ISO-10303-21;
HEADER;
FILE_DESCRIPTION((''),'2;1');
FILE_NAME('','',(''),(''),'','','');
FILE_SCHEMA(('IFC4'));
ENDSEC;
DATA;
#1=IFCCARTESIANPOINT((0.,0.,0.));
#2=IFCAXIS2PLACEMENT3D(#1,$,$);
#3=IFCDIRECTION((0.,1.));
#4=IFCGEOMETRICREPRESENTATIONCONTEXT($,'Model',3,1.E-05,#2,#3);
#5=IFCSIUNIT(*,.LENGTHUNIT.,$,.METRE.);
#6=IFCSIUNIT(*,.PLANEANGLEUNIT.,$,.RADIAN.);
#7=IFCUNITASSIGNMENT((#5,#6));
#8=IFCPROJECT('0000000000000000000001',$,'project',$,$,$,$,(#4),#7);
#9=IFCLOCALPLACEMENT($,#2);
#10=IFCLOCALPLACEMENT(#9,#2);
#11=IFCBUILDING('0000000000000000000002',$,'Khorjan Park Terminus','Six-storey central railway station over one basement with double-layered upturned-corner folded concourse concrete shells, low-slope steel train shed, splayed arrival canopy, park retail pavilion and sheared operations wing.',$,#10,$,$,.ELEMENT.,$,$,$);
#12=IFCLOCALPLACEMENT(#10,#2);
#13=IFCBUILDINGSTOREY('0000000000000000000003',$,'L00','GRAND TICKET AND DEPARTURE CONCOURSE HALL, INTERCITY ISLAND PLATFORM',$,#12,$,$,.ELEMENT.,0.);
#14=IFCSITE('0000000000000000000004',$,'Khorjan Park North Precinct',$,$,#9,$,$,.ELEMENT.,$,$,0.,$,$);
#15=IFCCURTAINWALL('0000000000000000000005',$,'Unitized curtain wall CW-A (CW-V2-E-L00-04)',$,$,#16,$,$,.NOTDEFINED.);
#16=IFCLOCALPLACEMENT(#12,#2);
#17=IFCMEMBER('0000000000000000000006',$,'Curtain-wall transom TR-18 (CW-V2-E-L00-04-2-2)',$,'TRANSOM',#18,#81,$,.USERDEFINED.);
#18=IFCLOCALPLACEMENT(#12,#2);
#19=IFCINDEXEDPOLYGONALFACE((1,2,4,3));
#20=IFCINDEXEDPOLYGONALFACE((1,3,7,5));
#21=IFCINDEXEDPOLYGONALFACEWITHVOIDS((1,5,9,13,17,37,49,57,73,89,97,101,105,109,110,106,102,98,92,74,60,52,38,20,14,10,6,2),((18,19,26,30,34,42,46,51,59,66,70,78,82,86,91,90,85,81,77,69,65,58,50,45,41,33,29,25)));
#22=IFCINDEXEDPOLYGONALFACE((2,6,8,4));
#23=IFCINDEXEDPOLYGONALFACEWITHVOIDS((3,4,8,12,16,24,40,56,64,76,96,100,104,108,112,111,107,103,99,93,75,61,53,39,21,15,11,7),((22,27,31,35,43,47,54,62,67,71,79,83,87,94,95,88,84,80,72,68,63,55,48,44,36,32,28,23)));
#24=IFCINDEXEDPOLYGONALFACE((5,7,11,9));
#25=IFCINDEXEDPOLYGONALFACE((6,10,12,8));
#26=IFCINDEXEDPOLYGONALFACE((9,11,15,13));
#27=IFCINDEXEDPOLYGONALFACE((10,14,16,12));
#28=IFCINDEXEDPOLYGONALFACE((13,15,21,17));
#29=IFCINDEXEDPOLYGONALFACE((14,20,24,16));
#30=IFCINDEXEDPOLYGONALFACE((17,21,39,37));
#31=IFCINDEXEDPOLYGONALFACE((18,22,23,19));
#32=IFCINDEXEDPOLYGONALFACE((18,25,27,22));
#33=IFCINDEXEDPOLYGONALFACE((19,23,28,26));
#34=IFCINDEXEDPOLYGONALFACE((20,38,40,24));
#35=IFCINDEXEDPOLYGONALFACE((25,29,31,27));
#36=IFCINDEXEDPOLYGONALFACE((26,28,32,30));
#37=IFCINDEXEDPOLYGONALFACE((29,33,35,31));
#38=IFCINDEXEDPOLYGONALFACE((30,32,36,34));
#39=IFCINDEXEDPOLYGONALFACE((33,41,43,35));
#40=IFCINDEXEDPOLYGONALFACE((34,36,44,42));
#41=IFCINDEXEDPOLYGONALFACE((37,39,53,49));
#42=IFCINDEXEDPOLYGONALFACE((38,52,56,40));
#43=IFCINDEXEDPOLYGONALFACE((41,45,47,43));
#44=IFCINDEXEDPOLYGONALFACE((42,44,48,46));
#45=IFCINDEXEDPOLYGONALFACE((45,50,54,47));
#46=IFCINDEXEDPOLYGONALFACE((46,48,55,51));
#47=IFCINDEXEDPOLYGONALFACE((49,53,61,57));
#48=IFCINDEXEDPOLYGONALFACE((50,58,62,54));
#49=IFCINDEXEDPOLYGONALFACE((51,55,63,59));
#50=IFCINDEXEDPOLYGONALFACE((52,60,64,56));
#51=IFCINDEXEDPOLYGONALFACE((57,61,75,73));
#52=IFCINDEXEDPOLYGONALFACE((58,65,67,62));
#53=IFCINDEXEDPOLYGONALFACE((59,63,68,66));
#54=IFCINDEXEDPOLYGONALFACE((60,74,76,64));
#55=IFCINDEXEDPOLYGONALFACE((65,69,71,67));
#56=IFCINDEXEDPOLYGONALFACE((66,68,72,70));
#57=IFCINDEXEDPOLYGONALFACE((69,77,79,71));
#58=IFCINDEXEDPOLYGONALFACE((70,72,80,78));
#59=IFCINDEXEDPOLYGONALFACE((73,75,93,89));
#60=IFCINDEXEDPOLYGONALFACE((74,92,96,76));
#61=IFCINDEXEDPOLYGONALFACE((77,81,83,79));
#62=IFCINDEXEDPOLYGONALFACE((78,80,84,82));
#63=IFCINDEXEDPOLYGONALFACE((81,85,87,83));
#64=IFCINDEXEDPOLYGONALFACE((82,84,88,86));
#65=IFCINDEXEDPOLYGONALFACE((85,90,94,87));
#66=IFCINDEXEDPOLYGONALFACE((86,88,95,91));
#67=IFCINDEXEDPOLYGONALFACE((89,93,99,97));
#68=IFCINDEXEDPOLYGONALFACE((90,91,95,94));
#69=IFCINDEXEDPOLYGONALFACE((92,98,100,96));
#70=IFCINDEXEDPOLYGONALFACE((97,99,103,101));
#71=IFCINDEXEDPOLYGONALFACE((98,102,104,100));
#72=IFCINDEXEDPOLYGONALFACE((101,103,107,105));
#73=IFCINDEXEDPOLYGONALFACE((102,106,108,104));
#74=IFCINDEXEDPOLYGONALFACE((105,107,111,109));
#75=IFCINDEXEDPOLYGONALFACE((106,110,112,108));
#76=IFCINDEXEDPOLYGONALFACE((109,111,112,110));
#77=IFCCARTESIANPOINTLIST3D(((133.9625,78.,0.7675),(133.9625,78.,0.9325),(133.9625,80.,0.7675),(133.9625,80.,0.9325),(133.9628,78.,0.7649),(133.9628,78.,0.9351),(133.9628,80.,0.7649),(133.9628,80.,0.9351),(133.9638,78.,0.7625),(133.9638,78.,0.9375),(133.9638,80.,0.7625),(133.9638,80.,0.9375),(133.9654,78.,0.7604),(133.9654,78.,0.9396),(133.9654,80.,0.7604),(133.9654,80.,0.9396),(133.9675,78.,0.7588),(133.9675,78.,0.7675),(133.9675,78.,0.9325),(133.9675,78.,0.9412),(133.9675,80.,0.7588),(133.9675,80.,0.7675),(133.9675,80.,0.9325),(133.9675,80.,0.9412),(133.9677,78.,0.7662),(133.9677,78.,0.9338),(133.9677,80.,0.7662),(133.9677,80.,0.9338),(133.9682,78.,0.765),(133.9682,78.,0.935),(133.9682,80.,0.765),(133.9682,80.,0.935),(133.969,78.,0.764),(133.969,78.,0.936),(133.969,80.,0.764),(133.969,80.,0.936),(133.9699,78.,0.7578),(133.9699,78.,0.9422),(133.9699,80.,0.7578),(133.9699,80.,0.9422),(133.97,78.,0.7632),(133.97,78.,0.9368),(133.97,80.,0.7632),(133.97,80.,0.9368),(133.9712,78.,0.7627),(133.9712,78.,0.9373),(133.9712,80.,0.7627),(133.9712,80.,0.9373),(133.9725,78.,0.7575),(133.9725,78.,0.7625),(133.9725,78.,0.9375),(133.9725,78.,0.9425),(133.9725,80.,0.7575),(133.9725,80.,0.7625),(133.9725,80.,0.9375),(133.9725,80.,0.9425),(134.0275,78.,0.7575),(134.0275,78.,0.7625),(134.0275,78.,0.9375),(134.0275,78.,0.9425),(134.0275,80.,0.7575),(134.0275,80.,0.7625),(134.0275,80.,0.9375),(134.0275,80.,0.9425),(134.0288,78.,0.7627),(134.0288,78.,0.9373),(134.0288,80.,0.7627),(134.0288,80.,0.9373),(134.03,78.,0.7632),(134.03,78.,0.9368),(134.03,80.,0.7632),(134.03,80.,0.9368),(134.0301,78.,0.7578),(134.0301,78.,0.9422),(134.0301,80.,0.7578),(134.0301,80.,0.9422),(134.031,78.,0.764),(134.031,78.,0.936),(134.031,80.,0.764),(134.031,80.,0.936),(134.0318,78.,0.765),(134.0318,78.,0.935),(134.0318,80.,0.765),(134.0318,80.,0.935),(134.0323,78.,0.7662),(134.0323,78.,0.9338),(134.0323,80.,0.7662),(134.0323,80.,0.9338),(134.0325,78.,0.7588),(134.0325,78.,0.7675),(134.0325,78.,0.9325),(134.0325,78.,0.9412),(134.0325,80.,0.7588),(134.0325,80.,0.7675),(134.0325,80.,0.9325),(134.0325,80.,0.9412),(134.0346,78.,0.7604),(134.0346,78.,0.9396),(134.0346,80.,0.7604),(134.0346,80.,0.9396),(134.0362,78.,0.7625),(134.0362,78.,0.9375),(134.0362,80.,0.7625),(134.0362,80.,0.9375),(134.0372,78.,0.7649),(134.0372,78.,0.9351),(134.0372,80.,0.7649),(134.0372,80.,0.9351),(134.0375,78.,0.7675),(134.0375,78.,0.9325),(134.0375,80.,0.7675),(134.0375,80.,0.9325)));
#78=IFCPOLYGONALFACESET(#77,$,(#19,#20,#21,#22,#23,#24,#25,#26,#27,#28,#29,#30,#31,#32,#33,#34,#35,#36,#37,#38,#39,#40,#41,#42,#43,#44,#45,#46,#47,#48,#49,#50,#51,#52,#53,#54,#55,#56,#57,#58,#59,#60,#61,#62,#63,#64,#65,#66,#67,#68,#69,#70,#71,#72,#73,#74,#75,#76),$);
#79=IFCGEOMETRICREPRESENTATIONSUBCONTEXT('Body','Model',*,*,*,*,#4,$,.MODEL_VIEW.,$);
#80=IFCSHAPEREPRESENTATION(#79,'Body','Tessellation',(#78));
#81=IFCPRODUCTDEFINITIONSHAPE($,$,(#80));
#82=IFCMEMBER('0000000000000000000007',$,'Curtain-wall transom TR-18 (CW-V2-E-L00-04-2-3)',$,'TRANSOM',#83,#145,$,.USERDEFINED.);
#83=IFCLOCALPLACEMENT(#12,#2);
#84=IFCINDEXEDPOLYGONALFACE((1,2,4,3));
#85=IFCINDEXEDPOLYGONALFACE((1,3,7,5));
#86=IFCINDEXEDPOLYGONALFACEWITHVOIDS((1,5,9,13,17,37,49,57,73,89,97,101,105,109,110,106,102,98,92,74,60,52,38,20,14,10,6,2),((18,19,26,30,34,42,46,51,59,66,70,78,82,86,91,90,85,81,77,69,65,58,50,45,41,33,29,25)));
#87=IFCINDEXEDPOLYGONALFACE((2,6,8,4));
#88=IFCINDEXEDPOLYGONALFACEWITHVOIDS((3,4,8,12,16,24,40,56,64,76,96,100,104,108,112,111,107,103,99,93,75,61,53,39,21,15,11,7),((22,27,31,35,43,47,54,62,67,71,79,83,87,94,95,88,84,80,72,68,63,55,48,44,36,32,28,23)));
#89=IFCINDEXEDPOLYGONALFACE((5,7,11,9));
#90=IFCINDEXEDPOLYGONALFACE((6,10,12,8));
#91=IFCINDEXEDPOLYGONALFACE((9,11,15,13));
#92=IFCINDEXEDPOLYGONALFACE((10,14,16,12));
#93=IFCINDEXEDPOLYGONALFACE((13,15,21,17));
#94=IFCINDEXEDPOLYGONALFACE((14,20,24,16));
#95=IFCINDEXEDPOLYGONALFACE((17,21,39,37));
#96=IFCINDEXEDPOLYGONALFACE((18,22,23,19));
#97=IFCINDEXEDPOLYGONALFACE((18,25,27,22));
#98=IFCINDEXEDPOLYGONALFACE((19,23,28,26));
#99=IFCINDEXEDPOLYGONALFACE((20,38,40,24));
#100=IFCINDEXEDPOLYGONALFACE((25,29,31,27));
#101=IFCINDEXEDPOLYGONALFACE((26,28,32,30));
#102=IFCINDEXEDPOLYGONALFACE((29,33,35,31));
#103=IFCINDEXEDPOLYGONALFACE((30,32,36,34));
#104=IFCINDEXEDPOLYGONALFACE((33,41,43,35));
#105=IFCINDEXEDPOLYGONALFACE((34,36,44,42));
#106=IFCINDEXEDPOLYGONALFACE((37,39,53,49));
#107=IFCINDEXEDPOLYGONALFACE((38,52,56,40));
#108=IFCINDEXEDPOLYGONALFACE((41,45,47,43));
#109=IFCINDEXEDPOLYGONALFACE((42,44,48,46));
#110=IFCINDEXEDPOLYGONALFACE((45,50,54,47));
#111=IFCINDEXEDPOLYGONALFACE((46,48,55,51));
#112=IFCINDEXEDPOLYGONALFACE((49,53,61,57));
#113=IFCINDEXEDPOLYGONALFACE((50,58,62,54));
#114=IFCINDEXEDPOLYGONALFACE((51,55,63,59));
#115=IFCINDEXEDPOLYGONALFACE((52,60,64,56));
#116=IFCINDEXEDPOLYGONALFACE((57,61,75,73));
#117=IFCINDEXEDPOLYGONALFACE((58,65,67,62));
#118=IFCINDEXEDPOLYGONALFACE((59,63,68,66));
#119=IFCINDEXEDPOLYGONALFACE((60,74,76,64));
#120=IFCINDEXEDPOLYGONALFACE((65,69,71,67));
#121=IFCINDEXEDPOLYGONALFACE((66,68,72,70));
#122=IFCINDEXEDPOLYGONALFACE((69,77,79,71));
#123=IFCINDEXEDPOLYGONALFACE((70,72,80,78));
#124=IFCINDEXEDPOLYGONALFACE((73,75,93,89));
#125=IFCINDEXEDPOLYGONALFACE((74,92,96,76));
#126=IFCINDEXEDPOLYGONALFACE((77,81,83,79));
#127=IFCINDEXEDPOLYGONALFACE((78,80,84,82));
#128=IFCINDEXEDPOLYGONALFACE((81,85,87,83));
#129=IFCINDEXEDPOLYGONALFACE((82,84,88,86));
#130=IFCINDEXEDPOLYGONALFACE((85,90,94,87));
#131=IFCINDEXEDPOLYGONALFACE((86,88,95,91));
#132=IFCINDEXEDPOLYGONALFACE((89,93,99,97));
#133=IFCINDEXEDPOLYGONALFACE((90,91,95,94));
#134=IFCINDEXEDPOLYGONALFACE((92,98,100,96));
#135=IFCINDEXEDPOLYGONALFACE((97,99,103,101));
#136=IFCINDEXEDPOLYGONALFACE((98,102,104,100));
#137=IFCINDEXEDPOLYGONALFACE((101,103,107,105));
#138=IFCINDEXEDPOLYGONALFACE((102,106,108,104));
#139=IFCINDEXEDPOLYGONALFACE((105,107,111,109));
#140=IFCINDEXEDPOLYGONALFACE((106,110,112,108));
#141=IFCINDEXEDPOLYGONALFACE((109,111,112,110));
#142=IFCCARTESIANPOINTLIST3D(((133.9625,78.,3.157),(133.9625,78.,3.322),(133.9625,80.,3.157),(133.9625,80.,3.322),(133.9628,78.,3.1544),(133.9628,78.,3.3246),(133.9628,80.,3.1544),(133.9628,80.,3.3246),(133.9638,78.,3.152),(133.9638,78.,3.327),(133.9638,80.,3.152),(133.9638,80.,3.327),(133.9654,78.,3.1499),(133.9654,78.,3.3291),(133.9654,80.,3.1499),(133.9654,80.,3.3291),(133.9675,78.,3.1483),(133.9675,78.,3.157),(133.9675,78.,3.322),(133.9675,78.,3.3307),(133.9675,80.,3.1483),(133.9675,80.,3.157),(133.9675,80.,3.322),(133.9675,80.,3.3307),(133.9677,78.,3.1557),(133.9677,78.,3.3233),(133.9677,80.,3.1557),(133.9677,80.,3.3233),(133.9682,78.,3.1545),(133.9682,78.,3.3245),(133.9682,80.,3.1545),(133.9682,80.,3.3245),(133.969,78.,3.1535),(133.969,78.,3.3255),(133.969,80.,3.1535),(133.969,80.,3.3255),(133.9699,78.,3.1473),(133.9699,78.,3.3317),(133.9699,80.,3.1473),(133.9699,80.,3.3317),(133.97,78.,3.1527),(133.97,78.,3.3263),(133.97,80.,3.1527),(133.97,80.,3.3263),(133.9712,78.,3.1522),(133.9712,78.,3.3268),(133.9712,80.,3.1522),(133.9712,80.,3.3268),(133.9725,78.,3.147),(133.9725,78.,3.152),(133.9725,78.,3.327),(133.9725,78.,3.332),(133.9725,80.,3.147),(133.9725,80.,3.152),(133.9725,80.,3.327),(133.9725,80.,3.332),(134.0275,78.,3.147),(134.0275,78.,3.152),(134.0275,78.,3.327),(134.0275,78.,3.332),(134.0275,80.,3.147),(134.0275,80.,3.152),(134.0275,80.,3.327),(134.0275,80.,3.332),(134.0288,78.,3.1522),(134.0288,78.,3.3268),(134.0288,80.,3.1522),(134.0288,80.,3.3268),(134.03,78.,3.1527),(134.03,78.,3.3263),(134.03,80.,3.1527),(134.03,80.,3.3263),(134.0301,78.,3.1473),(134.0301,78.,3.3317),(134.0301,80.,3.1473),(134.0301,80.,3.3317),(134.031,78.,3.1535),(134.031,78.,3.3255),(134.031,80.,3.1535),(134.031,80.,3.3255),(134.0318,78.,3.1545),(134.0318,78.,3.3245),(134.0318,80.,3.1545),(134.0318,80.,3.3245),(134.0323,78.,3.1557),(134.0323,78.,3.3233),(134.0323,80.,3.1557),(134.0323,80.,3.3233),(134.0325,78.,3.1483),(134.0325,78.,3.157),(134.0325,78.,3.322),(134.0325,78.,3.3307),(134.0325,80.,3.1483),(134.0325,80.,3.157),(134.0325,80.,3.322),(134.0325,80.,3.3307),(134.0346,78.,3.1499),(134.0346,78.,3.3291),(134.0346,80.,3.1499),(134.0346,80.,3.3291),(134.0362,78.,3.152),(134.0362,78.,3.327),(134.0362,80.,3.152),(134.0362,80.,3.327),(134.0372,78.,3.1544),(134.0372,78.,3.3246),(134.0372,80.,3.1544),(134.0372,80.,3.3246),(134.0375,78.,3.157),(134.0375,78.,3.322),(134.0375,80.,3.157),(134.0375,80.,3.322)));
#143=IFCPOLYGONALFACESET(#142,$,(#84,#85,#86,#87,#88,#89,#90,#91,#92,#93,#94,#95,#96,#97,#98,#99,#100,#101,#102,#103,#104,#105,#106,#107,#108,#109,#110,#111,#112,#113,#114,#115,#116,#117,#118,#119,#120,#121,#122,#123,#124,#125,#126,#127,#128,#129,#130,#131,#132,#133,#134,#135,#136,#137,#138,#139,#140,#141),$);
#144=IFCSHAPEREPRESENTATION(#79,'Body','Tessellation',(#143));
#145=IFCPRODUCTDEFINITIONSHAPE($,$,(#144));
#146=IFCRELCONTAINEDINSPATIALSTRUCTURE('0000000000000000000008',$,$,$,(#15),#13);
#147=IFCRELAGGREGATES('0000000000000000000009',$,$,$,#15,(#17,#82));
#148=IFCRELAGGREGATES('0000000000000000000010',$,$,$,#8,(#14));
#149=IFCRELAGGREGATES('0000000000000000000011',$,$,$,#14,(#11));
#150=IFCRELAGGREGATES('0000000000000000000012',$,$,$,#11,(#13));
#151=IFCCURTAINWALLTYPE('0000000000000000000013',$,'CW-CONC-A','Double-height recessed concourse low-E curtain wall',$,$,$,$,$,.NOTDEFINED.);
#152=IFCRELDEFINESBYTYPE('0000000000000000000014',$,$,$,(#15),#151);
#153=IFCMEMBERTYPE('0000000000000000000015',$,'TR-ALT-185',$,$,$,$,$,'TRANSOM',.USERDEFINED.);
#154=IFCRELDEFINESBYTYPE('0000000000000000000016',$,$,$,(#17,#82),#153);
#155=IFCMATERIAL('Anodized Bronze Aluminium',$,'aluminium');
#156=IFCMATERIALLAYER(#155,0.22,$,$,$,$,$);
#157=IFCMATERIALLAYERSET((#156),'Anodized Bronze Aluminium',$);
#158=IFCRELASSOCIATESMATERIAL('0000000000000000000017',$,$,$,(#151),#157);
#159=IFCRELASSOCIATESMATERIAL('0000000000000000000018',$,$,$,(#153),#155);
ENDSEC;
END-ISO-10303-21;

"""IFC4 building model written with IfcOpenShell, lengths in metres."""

from ifc_helpers import new_model, si_unit, direction, frame, origin, origin_2d, place, context, subcontext, project, spatial, hollow_rectangle, extrude, material, layer, layer_set, material_profile, profile_set, type_object, element, aggregate, save


model = new_model("IFC4")

# Units and contexts
model_context = context("Model", 3, precision=1e-05, world=origin(), true_north=direction((0.0, 1.0)))
body_context = subcontext(model_context, "Body", "Model", "MODEL_VIEW")
ifc_project = project(units=[si_unit("LENGTHUNIT", "METRE"), si_unit("PLANEANGLEUNIT", "RADIAN")], contexts=[model_context])

# Site, building, storey
site_placement = place(None, origin())
site = spatial("IfcSite", under=ifc_project, at=site_placement, Name="Khorjan Park North Precinct", CompositionType="ELEMENT", RefElevation=0.0)
building_placement = place(site_placement, origin())
building = spatial("IfcBuilding", under=site, at=building_placement, Name="Khorjan Park Terminus", Description="Six-storey central railway station over one basement with double-layered upturned-corner folded concourse concrete shells, low-slope steel train shed, splayed arrival canopy, park retail pavilion and sheared operations wing.", CompositionType="ELEMENT")
storey_placement = place(building_placement, origin())
storey = spatial("IfcBuildingStorey", under=building, at=storey_placement, Name="L00", Description="GRAND TICKET AND DEPARTURE CONCOURSE HALL, INTERCITY ISLAND PLATFORM", CompositionType="ELEMENT", Elevation=0.0)

# Curtain wall, members
ifc_material_1 = material(Name="Anodized Bronze Aluminium", Category="aluminium")
ifc_layer_1 = layer(ifc_material_1, 0.22)
ifc_layer_set_1 = layer_set([ifc_layer_1], Name="Anodized Bronze Aluminium")
curtain_wall_type = type_object("IfcCurtainWallType", Name="CW-CONC-A", Description="Double-height recessed concourse low-E curtain wall", PredefinedType="NOTDEFINED", material=ifc_layer_set_1)
curtain_wall_placement = place(storey_placement, origin())
curtain_wall = element("IfcCurtainWall", 1, at=curtain_wall_placement, inside=storey, type_object=curtain_wall_type, Name="Unitized curtain wall CW-A (CW-V2-E-L00-04)", PredefinedType="NOTDEFINED")
ifc_material_profile_1 = material_profile(ifc_material_1, hollow_rectangle(XDim=0.075, YDim=0.185, WallThickness=0.005, InnerFilletRadius=0.005, OuterFilletRadius=0.01, at=origin_2d()), Name="ALT 75x185x5")
ifc_profile_set_1 = profile_set([ifc_material_profile_1], Name="Anodized Bronze Aluminium")
member_type_1 = type_object("IfcMemberType", Name="TR-ALT-185", ElementType="TRANSOM", PredefinedType="USERDEFINED", material=ifc_profile_set_1)
member_1_placement = place(storey_placement, frame((134.0, 78.0, 0.85), z_axis=(0.0, 1.0, 0.0), x_axis=(-1.0, 0.0, 0.0)))
member_1 = element("IfcMember", 2, at=member_1_placement, type_object=member_type_1, Name="Curtain-wall transom TR-18 (CW-V2-E-L00-04-2-2)", ObjectType="TRANSOM", PredefinedType="USERDEFINED", context=body_context, shape_type="SweptSolid", body=[
    extrude(hollow_rectangle(XDim=0.075, YDim=0.185, WallThickness=0.005, InnerFilletRadius=0.005, OuterFilletRadius=0.01, at=origin_2d()), origin(), (0.0, 0.0, 1.0), 2.0),
])
member_2_placement = place(storey_placement, frame((134.0, 78.0, 3.2395), z_axis=(0.0, 1.0, 0.0), x_axis=(-1.0, 0.0, 0.0)))
member_2 = element("IfcMember", 3, at=member_2_placement, type_object=member_type_1, Name="Curtain-wall transom TR-18 (CW-V2-E-L00-04-2-3)", ObjectType="TRANSOM", PredefinedType="USERDEFINED", context=body_context, shape_type="SweptSolid", body=[
    extrude(hollow_rectangle(XDim=0.075, YDim=0.185, WallThickness=0.005, InnerFilletRadius=0.005, OuterFilletRadius=0.01, at=origin_2d()), origin(), (0.0, 0.0, 1.0), 2.0),
])
aggregate(curtain_wall, [member_1, member_2])

save(model, "model.ifc")
